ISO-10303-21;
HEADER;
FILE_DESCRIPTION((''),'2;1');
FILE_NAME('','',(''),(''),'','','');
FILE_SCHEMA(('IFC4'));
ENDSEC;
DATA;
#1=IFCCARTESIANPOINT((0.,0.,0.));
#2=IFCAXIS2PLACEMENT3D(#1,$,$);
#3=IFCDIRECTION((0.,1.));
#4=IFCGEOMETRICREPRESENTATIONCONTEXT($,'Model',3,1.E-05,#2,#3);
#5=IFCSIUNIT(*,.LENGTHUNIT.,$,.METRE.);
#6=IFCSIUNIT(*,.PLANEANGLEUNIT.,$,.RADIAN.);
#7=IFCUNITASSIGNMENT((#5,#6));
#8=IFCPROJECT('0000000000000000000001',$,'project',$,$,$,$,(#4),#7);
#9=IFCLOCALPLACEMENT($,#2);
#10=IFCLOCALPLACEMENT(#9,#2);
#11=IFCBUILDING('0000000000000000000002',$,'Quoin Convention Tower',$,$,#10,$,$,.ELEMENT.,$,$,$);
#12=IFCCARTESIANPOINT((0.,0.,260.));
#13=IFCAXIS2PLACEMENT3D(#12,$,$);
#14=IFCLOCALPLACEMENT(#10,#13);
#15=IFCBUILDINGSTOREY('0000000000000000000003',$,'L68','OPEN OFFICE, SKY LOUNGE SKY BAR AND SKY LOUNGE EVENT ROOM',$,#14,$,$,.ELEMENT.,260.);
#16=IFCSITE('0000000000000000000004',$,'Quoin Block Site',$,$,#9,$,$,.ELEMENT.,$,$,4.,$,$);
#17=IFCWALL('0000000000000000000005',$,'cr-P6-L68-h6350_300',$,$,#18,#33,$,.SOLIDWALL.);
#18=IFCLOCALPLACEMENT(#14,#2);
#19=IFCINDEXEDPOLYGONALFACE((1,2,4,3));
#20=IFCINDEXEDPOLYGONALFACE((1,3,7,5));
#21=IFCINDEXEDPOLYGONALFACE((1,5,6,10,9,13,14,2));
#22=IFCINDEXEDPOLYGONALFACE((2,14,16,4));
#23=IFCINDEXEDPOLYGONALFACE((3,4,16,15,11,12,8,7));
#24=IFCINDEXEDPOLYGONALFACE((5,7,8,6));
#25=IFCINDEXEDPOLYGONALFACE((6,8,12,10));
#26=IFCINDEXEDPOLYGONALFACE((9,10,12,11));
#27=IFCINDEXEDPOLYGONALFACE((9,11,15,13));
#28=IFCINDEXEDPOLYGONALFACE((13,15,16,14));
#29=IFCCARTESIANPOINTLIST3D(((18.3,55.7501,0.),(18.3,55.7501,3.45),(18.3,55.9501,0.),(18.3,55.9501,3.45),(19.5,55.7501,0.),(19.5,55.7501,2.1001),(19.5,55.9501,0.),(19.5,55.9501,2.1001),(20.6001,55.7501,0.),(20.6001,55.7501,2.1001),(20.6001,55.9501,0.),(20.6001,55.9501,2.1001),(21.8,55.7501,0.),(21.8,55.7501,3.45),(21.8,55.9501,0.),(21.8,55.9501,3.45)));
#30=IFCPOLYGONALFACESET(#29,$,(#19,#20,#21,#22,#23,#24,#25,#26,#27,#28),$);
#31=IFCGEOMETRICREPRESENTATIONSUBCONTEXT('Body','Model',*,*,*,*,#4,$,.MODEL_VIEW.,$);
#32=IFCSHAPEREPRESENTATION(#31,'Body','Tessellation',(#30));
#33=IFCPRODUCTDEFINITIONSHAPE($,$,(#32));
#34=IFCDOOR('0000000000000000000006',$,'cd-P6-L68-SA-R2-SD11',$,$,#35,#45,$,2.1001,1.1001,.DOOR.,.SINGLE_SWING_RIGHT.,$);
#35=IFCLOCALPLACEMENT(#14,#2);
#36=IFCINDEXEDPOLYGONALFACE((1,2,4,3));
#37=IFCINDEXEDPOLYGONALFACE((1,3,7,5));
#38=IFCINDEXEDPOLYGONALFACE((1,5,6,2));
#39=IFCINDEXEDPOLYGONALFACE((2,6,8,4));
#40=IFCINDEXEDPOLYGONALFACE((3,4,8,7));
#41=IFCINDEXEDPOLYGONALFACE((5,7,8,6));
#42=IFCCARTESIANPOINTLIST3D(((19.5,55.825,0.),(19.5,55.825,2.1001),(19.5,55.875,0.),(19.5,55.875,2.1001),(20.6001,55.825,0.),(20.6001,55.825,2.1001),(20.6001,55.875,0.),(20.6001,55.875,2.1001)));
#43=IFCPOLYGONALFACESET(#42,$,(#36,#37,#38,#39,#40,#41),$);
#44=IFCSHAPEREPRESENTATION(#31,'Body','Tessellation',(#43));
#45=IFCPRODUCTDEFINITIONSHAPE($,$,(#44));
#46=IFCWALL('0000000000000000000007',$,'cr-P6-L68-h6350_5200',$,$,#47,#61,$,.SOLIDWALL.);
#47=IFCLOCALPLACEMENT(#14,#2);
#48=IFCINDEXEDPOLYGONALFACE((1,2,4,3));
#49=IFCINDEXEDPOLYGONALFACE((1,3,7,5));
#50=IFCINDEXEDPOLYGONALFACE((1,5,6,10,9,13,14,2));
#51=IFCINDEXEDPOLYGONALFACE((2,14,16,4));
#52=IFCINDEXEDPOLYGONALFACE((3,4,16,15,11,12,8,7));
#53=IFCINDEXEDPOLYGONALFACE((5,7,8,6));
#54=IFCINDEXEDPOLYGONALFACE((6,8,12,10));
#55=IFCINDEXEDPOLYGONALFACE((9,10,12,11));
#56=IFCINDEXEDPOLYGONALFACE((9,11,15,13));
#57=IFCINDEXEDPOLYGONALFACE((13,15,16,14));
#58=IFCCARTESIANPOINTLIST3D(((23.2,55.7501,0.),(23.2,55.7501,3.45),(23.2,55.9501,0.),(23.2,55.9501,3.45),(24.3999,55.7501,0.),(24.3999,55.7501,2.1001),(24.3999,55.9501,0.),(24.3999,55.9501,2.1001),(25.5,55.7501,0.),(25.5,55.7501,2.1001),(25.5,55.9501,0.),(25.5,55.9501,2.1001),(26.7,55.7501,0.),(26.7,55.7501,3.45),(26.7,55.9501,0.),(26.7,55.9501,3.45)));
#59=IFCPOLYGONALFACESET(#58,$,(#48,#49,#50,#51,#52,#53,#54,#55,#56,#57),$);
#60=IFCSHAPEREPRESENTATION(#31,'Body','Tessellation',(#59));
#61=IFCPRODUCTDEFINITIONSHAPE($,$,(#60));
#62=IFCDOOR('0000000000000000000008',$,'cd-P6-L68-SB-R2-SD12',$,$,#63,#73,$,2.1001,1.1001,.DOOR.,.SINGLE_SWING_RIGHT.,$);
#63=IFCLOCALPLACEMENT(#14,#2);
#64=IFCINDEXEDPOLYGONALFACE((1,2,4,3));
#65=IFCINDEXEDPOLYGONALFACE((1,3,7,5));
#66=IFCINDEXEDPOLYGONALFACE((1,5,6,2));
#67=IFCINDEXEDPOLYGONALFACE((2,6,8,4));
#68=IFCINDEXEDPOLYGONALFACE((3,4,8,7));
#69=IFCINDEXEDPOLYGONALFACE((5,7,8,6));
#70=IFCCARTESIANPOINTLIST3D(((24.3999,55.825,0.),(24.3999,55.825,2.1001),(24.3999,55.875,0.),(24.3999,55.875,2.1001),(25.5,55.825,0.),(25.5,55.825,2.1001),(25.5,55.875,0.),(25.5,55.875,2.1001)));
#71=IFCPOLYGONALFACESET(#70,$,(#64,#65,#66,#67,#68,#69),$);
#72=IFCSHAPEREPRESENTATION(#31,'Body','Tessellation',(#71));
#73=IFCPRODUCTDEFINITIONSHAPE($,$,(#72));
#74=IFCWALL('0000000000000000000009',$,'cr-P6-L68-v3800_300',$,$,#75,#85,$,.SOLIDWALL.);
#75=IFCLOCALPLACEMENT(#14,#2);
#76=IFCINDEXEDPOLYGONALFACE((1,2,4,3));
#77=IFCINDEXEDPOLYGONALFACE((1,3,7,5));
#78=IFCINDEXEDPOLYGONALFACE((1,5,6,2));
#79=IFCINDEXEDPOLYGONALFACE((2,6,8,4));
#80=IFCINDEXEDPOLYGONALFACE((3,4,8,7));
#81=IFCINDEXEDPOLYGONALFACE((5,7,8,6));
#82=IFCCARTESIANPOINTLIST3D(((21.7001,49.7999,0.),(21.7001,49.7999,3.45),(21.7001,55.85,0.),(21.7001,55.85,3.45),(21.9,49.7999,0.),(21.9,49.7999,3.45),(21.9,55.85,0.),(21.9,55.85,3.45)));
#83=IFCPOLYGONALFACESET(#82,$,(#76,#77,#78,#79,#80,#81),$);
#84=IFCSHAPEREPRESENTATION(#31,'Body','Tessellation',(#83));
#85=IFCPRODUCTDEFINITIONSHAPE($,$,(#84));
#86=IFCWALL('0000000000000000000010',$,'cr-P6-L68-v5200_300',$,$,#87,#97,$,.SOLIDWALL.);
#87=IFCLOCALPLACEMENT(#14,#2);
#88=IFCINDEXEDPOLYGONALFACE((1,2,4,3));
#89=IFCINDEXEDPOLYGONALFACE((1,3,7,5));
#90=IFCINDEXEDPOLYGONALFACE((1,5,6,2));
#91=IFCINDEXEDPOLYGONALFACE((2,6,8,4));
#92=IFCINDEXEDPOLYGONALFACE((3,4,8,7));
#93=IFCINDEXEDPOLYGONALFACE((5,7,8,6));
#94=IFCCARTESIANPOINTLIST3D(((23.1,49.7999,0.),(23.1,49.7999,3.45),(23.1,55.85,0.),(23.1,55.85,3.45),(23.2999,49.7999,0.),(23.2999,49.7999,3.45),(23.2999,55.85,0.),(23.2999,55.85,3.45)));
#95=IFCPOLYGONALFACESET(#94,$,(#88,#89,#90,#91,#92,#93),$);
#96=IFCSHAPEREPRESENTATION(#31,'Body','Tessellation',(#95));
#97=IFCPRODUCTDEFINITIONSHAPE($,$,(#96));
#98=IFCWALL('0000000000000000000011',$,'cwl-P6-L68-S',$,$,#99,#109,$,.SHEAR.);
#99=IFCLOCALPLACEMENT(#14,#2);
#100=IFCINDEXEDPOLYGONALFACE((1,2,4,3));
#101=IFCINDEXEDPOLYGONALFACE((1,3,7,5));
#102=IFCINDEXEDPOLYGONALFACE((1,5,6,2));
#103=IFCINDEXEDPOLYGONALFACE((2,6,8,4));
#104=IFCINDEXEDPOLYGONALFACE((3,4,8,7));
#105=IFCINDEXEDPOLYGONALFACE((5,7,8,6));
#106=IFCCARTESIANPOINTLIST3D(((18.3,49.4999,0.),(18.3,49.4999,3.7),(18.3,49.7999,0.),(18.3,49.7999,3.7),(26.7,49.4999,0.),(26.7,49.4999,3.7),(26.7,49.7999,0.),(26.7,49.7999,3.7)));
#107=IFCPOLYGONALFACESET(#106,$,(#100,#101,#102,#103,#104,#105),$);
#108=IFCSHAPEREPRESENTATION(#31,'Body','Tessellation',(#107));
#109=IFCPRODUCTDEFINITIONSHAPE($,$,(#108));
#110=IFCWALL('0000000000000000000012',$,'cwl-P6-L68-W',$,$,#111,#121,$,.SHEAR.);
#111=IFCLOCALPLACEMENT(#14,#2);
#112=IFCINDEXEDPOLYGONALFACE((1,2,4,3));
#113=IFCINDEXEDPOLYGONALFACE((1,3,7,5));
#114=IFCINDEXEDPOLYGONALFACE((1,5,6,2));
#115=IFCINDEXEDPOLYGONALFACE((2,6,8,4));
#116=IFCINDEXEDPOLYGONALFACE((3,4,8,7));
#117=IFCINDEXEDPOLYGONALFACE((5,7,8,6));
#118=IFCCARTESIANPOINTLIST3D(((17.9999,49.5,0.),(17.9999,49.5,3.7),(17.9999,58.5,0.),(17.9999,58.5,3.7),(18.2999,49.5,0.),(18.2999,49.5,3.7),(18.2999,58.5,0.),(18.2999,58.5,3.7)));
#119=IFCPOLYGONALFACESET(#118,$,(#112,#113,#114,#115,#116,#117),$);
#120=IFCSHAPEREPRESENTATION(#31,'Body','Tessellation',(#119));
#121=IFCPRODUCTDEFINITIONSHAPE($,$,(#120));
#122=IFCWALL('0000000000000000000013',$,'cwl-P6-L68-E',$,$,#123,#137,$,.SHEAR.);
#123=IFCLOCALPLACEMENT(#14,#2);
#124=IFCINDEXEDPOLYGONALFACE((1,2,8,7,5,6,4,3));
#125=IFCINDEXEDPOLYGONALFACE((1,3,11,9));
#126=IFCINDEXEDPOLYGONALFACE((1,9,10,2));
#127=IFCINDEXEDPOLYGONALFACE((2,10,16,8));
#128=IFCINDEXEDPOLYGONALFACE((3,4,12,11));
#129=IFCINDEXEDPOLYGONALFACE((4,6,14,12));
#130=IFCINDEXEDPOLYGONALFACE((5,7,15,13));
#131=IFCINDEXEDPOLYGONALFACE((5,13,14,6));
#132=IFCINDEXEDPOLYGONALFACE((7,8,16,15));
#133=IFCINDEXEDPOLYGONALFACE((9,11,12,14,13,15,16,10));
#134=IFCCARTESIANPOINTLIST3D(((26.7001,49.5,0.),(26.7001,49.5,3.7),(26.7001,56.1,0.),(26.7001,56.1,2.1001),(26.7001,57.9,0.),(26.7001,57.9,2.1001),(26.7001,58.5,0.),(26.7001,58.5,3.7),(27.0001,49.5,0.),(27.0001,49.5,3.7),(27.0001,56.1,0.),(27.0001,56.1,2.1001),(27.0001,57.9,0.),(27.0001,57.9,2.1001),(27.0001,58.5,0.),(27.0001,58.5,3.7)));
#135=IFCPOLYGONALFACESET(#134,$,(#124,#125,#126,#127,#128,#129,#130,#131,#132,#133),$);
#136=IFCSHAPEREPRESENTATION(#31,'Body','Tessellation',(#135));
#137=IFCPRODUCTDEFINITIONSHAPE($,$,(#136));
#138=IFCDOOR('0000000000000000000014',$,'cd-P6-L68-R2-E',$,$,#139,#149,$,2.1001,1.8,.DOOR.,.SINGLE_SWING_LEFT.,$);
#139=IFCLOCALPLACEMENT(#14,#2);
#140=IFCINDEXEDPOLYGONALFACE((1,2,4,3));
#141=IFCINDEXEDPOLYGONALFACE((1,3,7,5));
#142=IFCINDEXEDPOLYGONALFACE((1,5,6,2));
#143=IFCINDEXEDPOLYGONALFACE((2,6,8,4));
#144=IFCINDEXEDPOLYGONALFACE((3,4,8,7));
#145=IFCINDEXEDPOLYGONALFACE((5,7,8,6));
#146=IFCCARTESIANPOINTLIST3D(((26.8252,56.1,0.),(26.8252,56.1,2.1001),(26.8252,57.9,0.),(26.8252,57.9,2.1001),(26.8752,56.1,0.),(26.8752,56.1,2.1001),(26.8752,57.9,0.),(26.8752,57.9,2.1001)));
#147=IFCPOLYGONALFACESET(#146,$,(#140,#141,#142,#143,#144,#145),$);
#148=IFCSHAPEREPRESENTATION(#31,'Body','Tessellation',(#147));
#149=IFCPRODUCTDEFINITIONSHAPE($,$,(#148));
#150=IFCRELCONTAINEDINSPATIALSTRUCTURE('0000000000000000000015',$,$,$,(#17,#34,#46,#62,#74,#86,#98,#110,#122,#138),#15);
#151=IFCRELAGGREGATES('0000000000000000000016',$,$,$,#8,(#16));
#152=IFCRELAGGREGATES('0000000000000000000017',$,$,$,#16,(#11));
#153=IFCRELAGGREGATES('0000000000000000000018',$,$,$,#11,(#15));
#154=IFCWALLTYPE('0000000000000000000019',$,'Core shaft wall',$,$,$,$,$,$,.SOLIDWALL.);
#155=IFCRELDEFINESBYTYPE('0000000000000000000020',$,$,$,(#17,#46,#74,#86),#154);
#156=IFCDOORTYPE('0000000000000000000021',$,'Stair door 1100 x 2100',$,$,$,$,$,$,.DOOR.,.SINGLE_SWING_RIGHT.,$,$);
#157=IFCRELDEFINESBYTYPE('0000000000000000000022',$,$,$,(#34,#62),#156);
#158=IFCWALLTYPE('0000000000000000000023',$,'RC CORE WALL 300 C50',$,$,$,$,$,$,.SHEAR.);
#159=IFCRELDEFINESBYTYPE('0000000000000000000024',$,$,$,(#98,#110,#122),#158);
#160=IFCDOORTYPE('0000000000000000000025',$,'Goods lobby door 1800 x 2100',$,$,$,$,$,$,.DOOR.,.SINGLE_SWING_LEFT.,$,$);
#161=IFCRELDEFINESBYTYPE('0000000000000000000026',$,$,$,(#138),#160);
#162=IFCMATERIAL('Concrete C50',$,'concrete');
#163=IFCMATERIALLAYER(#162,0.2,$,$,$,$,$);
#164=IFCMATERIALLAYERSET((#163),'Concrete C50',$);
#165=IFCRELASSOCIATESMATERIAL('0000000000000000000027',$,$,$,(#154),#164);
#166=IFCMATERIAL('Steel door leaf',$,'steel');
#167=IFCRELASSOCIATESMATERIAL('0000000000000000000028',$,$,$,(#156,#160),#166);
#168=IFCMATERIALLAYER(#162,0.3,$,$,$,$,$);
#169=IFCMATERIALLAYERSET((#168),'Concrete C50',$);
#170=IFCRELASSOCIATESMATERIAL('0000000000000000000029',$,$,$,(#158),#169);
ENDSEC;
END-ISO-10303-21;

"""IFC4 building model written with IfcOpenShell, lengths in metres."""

from ifc_helpers import new_model, si_unit, direction, frame, frame_2d, origin, place, context, subcontext, project, spatial, rectangle, extrude, material, layer, layer_set, type_object, element, fill, save


model = new_model("IFC4")

# Units and contexts
model_context = context("Model", 3, precision=1e-05, world=origin(), true_north=direction((0.0, 1.0)))
body_context = subcontext(model_context, "Body", "Model", "MODEL_VIEW")
ifc_project = project(units=[si_unit("LENGTHUNIT", "METRE"), si_unit("PLANEANGLEUNIT", "RADIAN")], contexts=[model_context])

# Site, building, storey
site_placement = place(None, origin())
site = spatial("IfcSite", under=ifc_project, at=site_placement, Name="Quoin Block Site", CompositionType="ELEMENT", RefElevation=4.0)
building_placement = place(site_placement, origin())
building = spatial("IfcBuilding", under=site, at=building_placement, Name="Quoin Convention Tower", CompositionType="ELEMENT")
storey_placement = place(building_placement, frame((0.0, 0.0, 260.0)))
storey = spatial("IfcBuildingStorey", under=building, at=storey_placement, Name="L68", Description="OPEN OFFICE, SKY LOUNGE SKY BAR AND SKY LOUNGE EVENT ROOM", CompositionType="ELEMENT", Elevation=260.0)

# Shared definitions
ifc_material_1 = material(Name="Concrete C50", Category="concrete")

# Shared definitions
ifc_layer_1 = layer(ifc_material_1, 0.2)
ifc_layer_set_1 = layer_set([ifc_layer_1], Name="Concrete C50")
wall_type_1 = type_object("IfcWallType", Name="Core shaft wall", PredefinedType="SOLIDWALL", material=ifc_layer_set_1)

# Walls, openings, doors
wall_1_placement = place(storey_placement, frame((18.3, 55.8501, 0.0), z_axis=(0.0, 0.0, 1.0), x_axis=(1.0, 0.0, 0.0)))
wall_1 = element("IfcWall", 1, at=wall_1_placement, inside=storey, type_object=wall_type_1, Name="cr-P6-L68-h6350_300", PredefinedType="SOLIDWALL", context=body_context, shape_type="SweptSolid", body=[
    extrude(rectangle(XDim=3.5, YDim=0.2, at=frame_2d((1.75, 0.0))), origin(), (0.0, 0.0, 1.0), 3.45),
])
opening_1_placement = place(wall_1_placement, frame((1.2, 0.0, 0.0)))
opening_1 = element("IfcOpeningElement", 2, at=opening_1_placement, cuts=wall_1, PredefinedType="OPENING", context=body_context, shape_type="SweptSolid", body=[
    extrude(rectangle(XDim=1.1001, YDim=2.1001, at=frame_2d((0.55, 1.05))), frame((0.0, 0.1099, 0.0), z_axis=(0.0, -1.0, 0.0), x_axis=(1.0, 0.0, 0.0)), (0.0, 0.0, 1.0), 0.22),
])
ifc_material_2 = material(Name="Steel door leaf", Category="steel")
door_type_1 = type_object("IfcDoorType", Name="Stair door 1100 x 2100", OperationType="SINGLE_SWING_RIGHT", PredefinedType="DOOR", material=ifc_material_2)
door_1_placement = place(opening_1_placement, origin())
door_1 = element("IfcDoor", 3, at=door_1_placement, inside=storey, type_object=door_type_1, Name="cd-P6-L68-SA-R2-SD11", OperationType="SINGLE_SWING_RIGHT", OverallHeight=2.1001, OverallWidth=1.1001, PredefinedType="DOOR", context=body_context, shape_type="SweptSolid", body=[
    extrude(rectangle(XDim=1.1001, YDim=2.1001, at=frame_2d((0.55, 1.05))), frame((0.0, 0.0249, 0.0), z_axis=(0.0, -1.0, 0.0), x_axis=(1.0, 0.0, 0.0)), (0.0, 0.0, 1.0), 0.05),
])
fill(opening_1, door_1)
wall_2_placement = place(storey_placement, frame((23.2, 55.8501, 0.0), z_axis=(0.0, 0.0, 1.0), x_axis=(1.0, 0.0, 0.0)))
wall_2 = element("IfcWall", 4, at=wall_2_placement, inside=storey, type_object=wall_type_1, Name="cr-P6-L68-h6350_5200", PredefinedType="SOLIDWALL", context=body_context, shape_type="SweptSolid", body=[
    extrude(rectangle(XDim=3.5, YDim=0.2, at=frame_2d((1.75, 0.0))), origin(), (0.0, 0.0, 1.0), 3.45),
])
opening_2_placement = place(wall_2_placement, frame((1.2, 0.0, 0.0)))
opening_2 = element("IfcOpeningElement", 5, at=opening_2_placement, cuts=wall_2, PredefinedType="OPENING", context=body_context, shape_type="SweptSolid", body=[
    extrude(rectangle(XDim=1.1001, YDim=2.1001, at=frame_2d((0.55, 1.05))), frame((0.0, 0.1099, 0.0), z_axis=(0.0, -1.0, 0.0), x_axis=(1.0, 0.0, 0.0)), (0.0, 0.0, 1.0), 0.22),
])
door_2_placement = place(opening_2_placement, origin())
door_2 = element("IfcDoor", 6, at=door_2_placement, inside=storey, type_object=door_type_1, Name="cd-P6-L68-SB-R2-SD12", OperationType="SINGLE_SWING_RIGHT", OverallHeight=2.1001, OverallWidth=1.1001, PredefinedType="DOOR", context=body_context, shape_type="SweptSolid", body=[
    extrude(rectangle(XDim=1.1001, YDim=2.1001, at=frame_2d((0.55, 1.05))), frame((0.0, 0.0249, 0.0), z_axis=(0.0, -1.0, 0.0), x_axis=(1.0, 0.0, 0.0)), (0.0, 0.0, 1.0), 0.05),
])
fill(opening_2, door_2)

# Walls
for number, where, z_axis, x_axis, name in (
    (7, (21.8, 49.8, 0.0), (0.0, 0.0, 1.0), (0.0, 1.0, 0.0), "cr-P6-L68-v3800_300"),
    (8, (23.2, 49.8, 0.0), (0.0, 0.0, 1.0), (0.0, 1.0, 0.0), "cr-P6-L68-v5200_300"),
):
    element("IfcWall", number, at=place(storey_placement, frame(where, z_axis=z_axis, x_axis=x_axis)), inside=storey, type_object=wall_type_1, Name=name, PredefinedType="SOLIDWALL", context=body_context, shape_type="SweptSolid", body=[
        extrude(rectangle(XDim=6.05, YDim=0.2, at=frame_2d((3.0249, 0.0))), origin(), (0.0, 0.0, 1.0), 3.45),
    ])
ifc_layer_2 = layer(ifc_material_1, 0.3)
ifc_layer_set_2 = layer_set([ifc_layer_2], Name="Concrete C50")
wall_type_2 = type_object("IfcWallType", Name="RC CORE WALL 300 C50", PredefinedType="SHEAR", material=ifc_layer_set_2)
wall_3_placement = place(storey_placement, frame((18.3, 49.6499, 0.0), z_axis=(0.0, 0.0, 1.0), x_axis=(1.0, 0.0, 0.0)))
element("IfcWall", 9, at=wall_3_placement, inside=storey, type_object=wall_type_2, Name="cwl-P6-L68-S", PredefinedType="SHEAR", context=body_context, shape_type="SweptSolid", body=[
    extrude(rectangle(XDim=8.3999, YDim=0.3, at=frame_2d((4.2, 0.0))), origin(), (0.0, 0.0, 1.0), 3.7),
])
wall_4_placement = place(storey_placement, frame((18.1499, 49.5, 0.0), z_axis=(0.0, 0.0, 1.0), x_axis=(0.0, 1.0, 0.0)))
element("IfcWall", 10, at=wall_4_placement, inside=storey, type_object=wall_type_2, Name="cwl-P6-L68-W", PredefinedType="SHEAR", context=body_context, shape_type="SweptSolid", body=[
    extrude(rectangle(XDim=9.0, YDim=0.3, at=frame_2d((4.5, 0.0))), origin(), (0.0, 0.0, 1.0), 3.7),
])

# Wall, opening, door
wall_5_placement = place(storey_placement, frame((26.8501, 49.5, 0.0), z_axis=(0.0, 0.0, 1.0), x_axis=(0.0, 1.0, 0.0)))
wall_5 = element("IfcWall", 11, at=wall_5_placement, inside=storey, type_object=wall_type_2, Name="cwl-P6-L68-E", PredefinedType="SHEAR", context=body_context, shape_type="SweptSolid", body=[
    extrude(rectangle(XDim=9.0, YDim=0.3, at=frame_2d((4.5, 0.0))), origin(), (0.0, 0.0, 1.0), 3.7),
])
opening_3_placement = place(wall_5_placement, frame((6.6001, 0.0, 0.0)))
opening_3 = element("IfcOpeningElement", 12, at=opening_3_placement, cuts=wall_5, PredefinedType="OPENING", context=body_context, shape_type="SweptSolid", body=[
    extrude(rectangle(XDim=1.8, YDim=2.1001, at=frame_2d((0.8999, 1.05))), frame((0.0, 0.1599, 0.0), z_axis=(0.0, -1.0, 0.0), x_axis=(1.0, 0.0, 0.0)), (0.0, 0.0, 1.0), 0.3201),
])
door_type_2 = type_object("IfcDoorType", Name="Goods lobby door 1800 x 2100", OperationType="SINGLE_SWING_LEFT", PredefinedType="DOOR", material=ifc_material_2)
door_3_placement = place(opening_3_placement, origin())
door_3 = element("IfcDoor", 13, at=door_3_placement, inside=storey, type_object=door_type_2, Name="cd-P6-L68-R2-E", OperationType="SINGLE_SWING_LEFT", OverallHeight=2.1001, OverallWidth=1.8, PredefinedType="DOOR", context=body_context, shape_type="SweptSolid", body=[
    extrude(rectangle(XDim=1.8, YDim=2.1001, at=frame_2d((0.8999, 1.05))), frame((0.0, 0.0249, 0.0), z_axis=(0.0, -1.0, 0.0), x_axis=(1.0, 0.0, 0.0)), (0.0, 0.0, 1.0), 0.05),
])
fill(opening_3, door_3)

save(model, "model.ifc")
